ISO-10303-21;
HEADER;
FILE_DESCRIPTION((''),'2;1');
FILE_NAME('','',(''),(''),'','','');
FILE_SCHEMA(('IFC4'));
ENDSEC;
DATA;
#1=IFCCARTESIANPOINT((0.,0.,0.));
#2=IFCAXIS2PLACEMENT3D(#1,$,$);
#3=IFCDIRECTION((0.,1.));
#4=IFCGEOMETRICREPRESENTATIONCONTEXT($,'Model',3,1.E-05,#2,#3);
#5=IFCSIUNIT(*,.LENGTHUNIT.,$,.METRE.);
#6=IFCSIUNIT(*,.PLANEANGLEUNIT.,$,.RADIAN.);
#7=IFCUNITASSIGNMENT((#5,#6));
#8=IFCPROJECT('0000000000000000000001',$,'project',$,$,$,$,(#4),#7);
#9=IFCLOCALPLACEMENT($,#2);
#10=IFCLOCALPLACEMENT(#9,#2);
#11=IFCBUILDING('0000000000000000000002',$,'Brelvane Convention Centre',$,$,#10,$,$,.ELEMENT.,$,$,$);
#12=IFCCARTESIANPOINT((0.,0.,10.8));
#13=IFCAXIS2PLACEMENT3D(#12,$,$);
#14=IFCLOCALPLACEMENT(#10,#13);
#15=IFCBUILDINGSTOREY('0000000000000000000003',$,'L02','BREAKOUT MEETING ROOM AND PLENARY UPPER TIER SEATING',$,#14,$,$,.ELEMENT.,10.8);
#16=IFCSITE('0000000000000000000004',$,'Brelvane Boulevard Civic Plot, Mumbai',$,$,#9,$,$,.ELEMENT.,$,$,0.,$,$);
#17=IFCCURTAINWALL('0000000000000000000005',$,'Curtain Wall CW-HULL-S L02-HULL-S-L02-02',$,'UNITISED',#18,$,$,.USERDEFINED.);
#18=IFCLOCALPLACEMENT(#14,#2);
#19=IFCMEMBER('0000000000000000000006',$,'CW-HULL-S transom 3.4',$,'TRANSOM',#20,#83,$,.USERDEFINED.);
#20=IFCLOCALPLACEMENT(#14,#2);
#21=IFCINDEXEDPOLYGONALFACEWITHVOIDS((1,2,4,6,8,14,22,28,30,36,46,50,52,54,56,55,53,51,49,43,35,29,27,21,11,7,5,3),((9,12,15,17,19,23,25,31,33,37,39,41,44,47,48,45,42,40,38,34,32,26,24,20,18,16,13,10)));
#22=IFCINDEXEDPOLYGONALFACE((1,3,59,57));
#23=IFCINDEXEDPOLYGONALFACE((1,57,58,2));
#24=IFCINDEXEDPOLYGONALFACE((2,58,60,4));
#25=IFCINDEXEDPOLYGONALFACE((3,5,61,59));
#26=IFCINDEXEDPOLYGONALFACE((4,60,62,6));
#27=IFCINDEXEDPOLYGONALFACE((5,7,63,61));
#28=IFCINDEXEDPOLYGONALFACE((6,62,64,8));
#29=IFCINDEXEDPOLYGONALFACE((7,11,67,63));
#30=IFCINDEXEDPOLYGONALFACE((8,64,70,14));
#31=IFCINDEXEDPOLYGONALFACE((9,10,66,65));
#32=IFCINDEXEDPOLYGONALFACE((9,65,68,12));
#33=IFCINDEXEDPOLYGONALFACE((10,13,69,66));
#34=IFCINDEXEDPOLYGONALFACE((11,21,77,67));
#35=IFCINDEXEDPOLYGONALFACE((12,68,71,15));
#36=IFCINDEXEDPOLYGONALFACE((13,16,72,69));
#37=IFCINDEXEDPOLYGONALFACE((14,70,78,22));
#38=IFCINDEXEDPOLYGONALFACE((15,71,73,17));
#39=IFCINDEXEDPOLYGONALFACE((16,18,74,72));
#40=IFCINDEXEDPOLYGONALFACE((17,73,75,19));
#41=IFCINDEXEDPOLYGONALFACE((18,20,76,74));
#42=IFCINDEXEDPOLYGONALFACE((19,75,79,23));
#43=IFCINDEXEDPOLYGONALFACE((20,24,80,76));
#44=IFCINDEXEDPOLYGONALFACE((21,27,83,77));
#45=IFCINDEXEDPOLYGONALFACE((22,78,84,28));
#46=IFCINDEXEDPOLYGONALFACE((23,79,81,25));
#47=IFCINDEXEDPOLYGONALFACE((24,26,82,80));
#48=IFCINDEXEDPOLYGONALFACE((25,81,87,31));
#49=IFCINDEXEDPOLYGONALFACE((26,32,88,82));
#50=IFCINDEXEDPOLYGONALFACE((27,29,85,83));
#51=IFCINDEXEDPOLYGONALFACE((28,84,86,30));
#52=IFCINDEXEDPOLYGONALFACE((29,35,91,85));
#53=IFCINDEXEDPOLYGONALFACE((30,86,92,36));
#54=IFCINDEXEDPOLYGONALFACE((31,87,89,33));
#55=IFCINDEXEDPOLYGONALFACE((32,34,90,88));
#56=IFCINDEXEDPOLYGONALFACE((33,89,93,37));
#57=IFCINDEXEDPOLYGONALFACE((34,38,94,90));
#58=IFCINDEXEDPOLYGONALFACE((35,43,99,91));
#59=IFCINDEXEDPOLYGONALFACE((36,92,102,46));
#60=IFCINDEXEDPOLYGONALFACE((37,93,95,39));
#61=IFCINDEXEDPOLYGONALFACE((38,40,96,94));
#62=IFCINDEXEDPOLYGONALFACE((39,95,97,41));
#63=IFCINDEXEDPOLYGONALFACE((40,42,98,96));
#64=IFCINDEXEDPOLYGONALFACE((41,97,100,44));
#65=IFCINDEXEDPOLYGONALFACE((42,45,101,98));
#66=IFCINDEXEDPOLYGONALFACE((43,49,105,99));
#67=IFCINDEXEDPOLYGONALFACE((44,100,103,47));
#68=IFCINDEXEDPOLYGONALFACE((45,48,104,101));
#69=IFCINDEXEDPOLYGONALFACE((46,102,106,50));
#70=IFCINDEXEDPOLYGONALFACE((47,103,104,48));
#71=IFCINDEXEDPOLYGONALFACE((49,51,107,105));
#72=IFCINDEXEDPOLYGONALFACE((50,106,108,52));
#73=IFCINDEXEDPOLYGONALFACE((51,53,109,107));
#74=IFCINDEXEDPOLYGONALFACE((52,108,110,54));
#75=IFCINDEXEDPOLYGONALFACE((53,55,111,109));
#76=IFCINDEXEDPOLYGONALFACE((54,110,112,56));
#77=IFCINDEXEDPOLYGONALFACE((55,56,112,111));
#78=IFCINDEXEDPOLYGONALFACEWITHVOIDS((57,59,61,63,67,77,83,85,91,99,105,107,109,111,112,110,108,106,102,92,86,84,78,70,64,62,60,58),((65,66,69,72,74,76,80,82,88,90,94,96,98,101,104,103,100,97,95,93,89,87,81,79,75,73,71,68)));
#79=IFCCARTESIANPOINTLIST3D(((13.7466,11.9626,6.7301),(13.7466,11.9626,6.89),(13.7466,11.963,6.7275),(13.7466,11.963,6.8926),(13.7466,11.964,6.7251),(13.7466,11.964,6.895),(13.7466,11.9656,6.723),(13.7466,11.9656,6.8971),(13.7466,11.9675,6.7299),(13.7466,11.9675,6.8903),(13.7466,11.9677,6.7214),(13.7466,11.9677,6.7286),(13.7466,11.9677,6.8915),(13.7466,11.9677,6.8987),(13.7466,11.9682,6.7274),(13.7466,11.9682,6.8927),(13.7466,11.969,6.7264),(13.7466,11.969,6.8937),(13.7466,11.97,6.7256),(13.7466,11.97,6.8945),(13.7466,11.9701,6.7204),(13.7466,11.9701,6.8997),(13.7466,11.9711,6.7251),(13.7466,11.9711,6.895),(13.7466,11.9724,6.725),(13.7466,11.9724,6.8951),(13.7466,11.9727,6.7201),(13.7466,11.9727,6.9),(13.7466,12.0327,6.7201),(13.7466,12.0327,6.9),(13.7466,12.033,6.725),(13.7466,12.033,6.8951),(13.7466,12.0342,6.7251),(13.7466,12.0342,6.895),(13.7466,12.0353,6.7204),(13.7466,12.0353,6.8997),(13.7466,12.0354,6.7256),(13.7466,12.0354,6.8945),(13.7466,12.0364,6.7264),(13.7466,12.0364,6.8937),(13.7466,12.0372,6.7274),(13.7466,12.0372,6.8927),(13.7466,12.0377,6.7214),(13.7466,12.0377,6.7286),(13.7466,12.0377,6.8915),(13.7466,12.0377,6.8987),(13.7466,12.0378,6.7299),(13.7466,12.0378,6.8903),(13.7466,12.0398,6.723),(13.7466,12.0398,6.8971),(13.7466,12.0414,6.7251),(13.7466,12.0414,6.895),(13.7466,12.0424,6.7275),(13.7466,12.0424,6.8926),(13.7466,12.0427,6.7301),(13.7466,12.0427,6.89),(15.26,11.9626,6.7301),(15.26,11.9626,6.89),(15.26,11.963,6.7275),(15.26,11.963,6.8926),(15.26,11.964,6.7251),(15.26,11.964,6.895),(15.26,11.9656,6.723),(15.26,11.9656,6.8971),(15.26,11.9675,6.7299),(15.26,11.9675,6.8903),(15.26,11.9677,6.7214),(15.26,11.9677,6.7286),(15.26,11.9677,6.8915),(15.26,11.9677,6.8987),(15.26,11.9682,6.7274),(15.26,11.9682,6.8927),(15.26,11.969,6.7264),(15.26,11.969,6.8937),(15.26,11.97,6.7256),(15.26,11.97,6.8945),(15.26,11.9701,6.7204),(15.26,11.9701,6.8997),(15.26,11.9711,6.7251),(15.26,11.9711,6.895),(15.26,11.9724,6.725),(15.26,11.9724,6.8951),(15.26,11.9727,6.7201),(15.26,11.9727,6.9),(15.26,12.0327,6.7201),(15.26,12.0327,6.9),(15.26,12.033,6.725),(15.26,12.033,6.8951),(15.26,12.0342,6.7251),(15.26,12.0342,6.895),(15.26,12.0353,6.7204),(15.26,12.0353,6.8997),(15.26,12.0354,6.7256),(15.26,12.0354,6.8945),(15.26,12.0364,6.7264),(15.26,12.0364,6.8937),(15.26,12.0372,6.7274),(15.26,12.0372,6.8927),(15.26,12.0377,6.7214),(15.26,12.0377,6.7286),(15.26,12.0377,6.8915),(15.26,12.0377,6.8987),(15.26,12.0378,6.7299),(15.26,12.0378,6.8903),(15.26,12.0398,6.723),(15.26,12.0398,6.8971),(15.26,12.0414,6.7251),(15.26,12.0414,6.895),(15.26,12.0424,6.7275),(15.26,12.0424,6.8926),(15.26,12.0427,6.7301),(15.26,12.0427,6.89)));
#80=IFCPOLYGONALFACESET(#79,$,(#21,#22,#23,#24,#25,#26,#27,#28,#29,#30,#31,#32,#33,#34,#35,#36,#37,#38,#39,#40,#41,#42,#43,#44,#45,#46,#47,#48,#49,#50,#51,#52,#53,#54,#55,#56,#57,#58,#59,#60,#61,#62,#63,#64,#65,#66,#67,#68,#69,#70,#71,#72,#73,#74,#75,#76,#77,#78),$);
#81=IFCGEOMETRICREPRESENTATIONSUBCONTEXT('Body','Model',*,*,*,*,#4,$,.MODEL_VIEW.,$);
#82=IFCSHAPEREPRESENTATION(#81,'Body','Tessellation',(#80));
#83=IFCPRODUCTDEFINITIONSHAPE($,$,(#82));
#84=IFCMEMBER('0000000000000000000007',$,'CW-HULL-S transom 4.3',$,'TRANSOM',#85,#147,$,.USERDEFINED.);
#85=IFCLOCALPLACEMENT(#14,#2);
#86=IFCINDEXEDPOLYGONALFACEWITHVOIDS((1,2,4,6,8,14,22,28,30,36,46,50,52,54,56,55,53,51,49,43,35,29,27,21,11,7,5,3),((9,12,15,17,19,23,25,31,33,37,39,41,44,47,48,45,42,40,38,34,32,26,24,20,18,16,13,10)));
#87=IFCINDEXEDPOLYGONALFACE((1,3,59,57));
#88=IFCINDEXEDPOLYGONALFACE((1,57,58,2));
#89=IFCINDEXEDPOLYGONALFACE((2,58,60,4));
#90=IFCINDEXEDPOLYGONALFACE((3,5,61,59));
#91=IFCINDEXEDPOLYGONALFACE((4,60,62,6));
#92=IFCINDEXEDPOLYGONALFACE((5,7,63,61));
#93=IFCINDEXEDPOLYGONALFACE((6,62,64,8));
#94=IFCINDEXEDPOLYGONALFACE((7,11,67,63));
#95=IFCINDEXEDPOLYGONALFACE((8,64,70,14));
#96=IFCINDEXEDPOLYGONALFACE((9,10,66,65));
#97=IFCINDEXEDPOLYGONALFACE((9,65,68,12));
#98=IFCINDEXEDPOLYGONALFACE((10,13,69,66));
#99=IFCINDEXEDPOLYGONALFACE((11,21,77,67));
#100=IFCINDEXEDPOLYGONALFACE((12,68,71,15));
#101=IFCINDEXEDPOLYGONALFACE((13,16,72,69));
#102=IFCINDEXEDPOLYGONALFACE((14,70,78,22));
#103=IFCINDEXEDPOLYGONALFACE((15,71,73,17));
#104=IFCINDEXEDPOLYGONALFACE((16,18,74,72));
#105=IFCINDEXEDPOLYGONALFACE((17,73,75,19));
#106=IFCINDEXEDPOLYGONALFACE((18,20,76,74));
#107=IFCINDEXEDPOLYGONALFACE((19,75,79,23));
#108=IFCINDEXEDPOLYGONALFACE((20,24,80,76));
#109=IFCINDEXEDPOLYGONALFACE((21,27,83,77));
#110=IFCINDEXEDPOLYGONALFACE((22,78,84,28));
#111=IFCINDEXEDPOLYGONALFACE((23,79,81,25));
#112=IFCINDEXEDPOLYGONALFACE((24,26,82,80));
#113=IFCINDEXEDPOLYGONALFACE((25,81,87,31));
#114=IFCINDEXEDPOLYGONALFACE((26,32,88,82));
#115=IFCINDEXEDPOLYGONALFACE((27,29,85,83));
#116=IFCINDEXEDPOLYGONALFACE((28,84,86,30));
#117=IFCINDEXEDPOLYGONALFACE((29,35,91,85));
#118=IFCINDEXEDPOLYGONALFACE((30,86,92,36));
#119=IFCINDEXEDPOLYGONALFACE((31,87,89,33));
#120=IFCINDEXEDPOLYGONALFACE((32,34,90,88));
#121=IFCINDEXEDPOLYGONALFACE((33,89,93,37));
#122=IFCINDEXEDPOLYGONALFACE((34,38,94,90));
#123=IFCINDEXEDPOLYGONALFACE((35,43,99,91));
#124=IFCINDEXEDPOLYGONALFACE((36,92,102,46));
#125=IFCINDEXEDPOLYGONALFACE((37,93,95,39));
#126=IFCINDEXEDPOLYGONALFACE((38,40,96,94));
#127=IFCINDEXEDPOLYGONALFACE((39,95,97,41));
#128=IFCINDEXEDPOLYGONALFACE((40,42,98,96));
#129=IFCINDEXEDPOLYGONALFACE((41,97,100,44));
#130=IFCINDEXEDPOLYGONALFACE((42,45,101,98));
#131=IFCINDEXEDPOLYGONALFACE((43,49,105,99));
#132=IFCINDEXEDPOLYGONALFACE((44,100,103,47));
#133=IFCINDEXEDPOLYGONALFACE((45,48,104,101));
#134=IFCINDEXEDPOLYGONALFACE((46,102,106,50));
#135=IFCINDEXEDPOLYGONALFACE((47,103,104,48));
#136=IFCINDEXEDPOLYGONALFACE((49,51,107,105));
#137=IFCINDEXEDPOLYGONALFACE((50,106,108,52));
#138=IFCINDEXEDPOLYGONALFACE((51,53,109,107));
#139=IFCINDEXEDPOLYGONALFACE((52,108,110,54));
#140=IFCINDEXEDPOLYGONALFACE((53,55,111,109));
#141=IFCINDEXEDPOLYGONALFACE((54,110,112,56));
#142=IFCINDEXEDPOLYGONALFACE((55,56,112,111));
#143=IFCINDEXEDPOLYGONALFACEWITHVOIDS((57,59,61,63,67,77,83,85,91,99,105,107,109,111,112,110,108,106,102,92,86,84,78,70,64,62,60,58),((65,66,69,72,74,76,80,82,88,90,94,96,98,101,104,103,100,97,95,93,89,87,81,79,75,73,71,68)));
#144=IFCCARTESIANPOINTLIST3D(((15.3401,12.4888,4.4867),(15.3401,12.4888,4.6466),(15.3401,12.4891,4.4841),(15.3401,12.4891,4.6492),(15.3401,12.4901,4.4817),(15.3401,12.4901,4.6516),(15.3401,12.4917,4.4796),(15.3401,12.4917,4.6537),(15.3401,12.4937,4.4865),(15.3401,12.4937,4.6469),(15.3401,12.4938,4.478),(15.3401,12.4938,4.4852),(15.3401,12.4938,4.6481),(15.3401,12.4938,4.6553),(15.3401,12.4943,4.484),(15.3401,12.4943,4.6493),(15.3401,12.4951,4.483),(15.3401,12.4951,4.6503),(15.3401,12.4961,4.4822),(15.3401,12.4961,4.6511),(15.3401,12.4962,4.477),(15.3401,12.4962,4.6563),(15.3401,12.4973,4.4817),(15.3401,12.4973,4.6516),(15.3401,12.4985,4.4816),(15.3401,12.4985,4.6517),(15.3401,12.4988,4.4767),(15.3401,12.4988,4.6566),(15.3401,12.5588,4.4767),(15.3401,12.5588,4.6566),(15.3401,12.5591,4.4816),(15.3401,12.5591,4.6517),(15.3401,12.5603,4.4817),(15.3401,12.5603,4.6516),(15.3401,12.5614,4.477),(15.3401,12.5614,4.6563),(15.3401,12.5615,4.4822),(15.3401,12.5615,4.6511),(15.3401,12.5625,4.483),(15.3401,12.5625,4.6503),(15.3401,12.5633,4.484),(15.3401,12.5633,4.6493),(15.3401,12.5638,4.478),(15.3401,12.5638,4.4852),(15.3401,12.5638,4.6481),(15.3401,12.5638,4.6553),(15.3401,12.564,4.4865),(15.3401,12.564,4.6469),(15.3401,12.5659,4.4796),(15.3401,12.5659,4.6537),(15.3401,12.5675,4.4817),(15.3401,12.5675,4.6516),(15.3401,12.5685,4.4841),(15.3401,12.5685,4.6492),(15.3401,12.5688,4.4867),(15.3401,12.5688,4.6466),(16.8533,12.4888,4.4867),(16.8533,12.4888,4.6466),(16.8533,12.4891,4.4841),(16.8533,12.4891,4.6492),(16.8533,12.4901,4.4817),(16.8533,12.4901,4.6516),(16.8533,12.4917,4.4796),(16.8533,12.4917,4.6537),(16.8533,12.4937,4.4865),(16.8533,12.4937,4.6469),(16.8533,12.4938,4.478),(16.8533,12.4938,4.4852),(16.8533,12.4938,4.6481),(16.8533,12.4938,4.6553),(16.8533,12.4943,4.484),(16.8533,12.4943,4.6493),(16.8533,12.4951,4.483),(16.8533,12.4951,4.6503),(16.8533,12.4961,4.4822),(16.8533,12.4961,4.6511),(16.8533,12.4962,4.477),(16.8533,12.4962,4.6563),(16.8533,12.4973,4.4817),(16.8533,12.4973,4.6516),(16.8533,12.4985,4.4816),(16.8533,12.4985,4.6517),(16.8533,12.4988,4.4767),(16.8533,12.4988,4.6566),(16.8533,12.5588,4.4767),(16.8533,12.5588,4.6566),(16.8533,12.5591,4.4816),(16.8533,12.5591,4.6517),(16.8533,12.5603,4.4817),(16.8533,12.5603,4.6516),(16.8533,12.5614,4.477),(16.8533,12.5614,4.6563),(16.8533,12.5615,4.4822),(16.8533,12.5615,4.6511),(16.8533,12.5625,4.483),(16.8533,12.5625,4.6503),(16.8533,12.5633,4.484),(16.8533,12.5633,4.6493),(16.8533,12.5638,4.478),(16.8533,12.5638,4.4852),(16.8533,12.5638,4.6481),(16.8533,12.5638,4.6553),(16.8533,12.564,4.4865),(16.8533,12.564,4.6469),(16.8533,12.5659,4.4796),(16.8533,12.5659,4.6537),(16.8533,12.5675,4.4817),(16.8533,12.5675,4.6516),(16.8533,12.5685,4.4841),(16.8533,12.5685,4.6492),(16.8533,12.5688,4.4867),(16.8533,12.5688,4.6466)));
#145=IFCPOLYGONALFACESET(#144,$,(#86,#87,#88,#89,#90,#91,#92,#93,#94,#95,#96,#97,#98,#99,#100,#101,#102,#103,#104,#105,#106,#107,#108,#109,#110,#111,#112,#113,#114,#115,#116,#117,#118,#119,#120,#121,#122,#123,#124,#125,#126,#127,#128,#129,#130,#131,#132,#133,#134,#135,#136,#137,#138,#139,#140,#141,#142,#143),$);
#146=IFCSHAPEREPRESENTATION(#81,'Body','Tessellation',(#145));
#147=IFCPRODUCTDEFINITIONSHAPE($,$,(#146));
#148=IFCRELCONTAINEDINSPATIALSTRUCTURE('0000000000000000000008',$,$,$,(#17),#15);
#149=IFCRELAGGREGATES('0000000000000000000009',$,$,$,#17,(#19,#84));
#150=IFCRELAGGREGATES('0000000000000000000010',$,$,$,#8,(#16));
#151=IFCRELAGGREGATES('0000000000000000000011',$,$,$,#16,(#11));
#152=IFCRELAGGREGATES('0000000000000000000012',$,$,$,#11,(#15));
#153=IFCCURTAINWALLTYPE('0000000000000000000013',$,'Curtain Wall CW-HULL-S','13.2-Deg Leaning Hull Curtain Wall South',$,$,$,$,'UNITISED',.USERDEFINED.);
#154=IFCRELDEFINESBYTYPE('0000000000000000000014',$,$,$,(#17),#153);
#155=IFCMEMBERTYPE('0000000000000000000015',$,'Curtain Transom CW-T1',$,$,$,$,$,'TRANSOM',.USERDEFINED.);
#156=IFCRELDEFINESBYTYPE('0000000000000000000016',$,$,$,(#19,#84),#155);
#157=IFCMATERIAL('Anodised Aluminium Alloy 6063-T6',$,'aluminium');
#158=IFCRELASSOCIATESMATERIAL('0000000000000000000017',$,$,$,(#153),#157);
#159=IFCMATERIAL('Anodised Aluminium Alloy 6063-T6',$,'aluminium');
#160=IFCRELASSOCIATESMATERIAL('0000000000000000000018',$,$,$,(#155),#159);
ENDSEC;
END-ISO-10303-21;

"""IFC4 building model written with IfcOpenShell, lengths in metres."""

from ifc_helpers import new_model, si_unit, direction, frame, origin, origin_2d, place, context, subcontext, project, spatial, hollow_rectangle, extrude, material, material_profile, profile_set, type_object, element, aggregate, save


model = new_model("IFC4")

# Units and contexts
model_context = context("Model", 3, precision=1e-05, world=origin(), true_north=direction((0.0, 1.0)))
body_context = subcontext(model_context, "Body", "Model", "MODEL_VIEW")
ifc_project = project(units=[si_unit("LENGTHUNIT", "METRE"), si_unit("PLANEANGLEUNIT", "RADIAN")], contexts=[model_context])

# Site, building, storey
site_placement = place(None, origin())
site = spatial("IfcSite", under=ifc_project, at=site_placement, Name="Brelvane Boulevard Civic Plot, Mumbai", CompositionType="ELEMENT", RefElevation=0.0)
building_placement = place(site_placement, origin())
building = spatial("IfcBuilding", under=site, at=building_placement, Name="Brelvane Convention Centre", CompositionType="ELEMENT")
storey_placement = place(building_placement, frame((0.0, 0.0, 10.8)))
storey = spatial("IfcBuildingStorey", under=building, at=storey_placement, Name="L02", Description="BREAKOUT MEETING ROOM AND PLENARY UPPER TIER SEATING", CompositionType="ELEMENT", Elevation=10.8)

# Curtain wall, members
ifc_material_1 = material(Name="Anodised Aluminium Alloy 6063-T6", Category="aluminium")
curtain_wall_type = type_object("IfcCurtainWallType", Name="Curtain Wall CW-HULL-S", Description="13.2-Deg Leaning Hull Curtain Wall South", ElementType="UNITISED", PredefinedType="USERDEFINED", material=ifc_material_1)
ifc_material_2 = material(Name="Anodised Aluminium Alloy 6063-T6", Category="aluminium")
ifc_material_profile = material_profile(ifc_material_2, hollow_rectangle(XDim=0.0801, YDim=0.1799, WallThickness=0.0049, InnerFilletRadius=0.0049, OuterFilletRadius=0.01, at=origin_2d()), Name="ALU-T 180x80x5.0")
ifc_profile_set = profile_set([ifc_material_profile], Name="Anodised Aluminium Alloy 6063-T6")
member_type = type_object("IfcMemberType", Name="Curtain Transom CW-T1", ElementType="TRANSOM", PredefinedType="USERDEFINED", material=ifc_profile_set)
curtain_wall_1_placement = place(storey_placement, origin())
curtain_wall_1 = element("IfcCurtainWall", 1, at=curtain_wall_1_placement, inside=storey, type_object=curtain_wall_type, Name="Curtain Wall CW-HULL-S L02-HULL-S-L02-02", ObjectType="UNITISED", PredefinedType="USERDEFINED")
member_1_placement = place(storey_placement, frame((13.7466, 12.0027, 6.8101), z_axis=(1.0, 0.0, 0.0), x_axis=(0.0, 1.0, 0.0)))
member_1 = element("IfcMember", 2, at=member_1_placement, type_object=member_type, Name="CW-HULL-S transom 3.4", ObjectType="TRANSOM", PredefinedType="USERDEFINED", context=body_context, shape_type="SweptSolid", body=[
    extrude(hollow_rectangle(XDim=0.0801, YDim=0.1799, WallThickness=0.0049, InnerFilletRadius=0.0049, OuterFilletRadius=0.01, at=origin_2d()), origin(), (0.0, 0.0, 1.0), 1.5134),
])
member_2_placement = place(storey_placement, frame((15.3401, 12.5288, 4.5667), z_axis=(1.0, 0.0, 0.0), x_axis=(0.0, 1.0, 0.0)))
member_2 = element("IfcMember", 3, at=member_2_placement, type_object=member_type, Name="CW-HULL-S transom 4.3", ObjectType="TRANSOM", PredefinedType="USERDEFINED", context=body_context, shape_type="SweptSolid", body=[
    extrude(hollow_rectangle(XDim=0.0801, YDim=0.1799, WallThickness=0.0049, InnerFilletRadius=0.0049, OuterFilletRadius=0.01, at=origin_2d()), origin(), (0.0, 0.0, 1.0), 1.5132),
])

aggregate(curtain_wall_1, [member_1, member_2])

save(model, "model.ifc")
